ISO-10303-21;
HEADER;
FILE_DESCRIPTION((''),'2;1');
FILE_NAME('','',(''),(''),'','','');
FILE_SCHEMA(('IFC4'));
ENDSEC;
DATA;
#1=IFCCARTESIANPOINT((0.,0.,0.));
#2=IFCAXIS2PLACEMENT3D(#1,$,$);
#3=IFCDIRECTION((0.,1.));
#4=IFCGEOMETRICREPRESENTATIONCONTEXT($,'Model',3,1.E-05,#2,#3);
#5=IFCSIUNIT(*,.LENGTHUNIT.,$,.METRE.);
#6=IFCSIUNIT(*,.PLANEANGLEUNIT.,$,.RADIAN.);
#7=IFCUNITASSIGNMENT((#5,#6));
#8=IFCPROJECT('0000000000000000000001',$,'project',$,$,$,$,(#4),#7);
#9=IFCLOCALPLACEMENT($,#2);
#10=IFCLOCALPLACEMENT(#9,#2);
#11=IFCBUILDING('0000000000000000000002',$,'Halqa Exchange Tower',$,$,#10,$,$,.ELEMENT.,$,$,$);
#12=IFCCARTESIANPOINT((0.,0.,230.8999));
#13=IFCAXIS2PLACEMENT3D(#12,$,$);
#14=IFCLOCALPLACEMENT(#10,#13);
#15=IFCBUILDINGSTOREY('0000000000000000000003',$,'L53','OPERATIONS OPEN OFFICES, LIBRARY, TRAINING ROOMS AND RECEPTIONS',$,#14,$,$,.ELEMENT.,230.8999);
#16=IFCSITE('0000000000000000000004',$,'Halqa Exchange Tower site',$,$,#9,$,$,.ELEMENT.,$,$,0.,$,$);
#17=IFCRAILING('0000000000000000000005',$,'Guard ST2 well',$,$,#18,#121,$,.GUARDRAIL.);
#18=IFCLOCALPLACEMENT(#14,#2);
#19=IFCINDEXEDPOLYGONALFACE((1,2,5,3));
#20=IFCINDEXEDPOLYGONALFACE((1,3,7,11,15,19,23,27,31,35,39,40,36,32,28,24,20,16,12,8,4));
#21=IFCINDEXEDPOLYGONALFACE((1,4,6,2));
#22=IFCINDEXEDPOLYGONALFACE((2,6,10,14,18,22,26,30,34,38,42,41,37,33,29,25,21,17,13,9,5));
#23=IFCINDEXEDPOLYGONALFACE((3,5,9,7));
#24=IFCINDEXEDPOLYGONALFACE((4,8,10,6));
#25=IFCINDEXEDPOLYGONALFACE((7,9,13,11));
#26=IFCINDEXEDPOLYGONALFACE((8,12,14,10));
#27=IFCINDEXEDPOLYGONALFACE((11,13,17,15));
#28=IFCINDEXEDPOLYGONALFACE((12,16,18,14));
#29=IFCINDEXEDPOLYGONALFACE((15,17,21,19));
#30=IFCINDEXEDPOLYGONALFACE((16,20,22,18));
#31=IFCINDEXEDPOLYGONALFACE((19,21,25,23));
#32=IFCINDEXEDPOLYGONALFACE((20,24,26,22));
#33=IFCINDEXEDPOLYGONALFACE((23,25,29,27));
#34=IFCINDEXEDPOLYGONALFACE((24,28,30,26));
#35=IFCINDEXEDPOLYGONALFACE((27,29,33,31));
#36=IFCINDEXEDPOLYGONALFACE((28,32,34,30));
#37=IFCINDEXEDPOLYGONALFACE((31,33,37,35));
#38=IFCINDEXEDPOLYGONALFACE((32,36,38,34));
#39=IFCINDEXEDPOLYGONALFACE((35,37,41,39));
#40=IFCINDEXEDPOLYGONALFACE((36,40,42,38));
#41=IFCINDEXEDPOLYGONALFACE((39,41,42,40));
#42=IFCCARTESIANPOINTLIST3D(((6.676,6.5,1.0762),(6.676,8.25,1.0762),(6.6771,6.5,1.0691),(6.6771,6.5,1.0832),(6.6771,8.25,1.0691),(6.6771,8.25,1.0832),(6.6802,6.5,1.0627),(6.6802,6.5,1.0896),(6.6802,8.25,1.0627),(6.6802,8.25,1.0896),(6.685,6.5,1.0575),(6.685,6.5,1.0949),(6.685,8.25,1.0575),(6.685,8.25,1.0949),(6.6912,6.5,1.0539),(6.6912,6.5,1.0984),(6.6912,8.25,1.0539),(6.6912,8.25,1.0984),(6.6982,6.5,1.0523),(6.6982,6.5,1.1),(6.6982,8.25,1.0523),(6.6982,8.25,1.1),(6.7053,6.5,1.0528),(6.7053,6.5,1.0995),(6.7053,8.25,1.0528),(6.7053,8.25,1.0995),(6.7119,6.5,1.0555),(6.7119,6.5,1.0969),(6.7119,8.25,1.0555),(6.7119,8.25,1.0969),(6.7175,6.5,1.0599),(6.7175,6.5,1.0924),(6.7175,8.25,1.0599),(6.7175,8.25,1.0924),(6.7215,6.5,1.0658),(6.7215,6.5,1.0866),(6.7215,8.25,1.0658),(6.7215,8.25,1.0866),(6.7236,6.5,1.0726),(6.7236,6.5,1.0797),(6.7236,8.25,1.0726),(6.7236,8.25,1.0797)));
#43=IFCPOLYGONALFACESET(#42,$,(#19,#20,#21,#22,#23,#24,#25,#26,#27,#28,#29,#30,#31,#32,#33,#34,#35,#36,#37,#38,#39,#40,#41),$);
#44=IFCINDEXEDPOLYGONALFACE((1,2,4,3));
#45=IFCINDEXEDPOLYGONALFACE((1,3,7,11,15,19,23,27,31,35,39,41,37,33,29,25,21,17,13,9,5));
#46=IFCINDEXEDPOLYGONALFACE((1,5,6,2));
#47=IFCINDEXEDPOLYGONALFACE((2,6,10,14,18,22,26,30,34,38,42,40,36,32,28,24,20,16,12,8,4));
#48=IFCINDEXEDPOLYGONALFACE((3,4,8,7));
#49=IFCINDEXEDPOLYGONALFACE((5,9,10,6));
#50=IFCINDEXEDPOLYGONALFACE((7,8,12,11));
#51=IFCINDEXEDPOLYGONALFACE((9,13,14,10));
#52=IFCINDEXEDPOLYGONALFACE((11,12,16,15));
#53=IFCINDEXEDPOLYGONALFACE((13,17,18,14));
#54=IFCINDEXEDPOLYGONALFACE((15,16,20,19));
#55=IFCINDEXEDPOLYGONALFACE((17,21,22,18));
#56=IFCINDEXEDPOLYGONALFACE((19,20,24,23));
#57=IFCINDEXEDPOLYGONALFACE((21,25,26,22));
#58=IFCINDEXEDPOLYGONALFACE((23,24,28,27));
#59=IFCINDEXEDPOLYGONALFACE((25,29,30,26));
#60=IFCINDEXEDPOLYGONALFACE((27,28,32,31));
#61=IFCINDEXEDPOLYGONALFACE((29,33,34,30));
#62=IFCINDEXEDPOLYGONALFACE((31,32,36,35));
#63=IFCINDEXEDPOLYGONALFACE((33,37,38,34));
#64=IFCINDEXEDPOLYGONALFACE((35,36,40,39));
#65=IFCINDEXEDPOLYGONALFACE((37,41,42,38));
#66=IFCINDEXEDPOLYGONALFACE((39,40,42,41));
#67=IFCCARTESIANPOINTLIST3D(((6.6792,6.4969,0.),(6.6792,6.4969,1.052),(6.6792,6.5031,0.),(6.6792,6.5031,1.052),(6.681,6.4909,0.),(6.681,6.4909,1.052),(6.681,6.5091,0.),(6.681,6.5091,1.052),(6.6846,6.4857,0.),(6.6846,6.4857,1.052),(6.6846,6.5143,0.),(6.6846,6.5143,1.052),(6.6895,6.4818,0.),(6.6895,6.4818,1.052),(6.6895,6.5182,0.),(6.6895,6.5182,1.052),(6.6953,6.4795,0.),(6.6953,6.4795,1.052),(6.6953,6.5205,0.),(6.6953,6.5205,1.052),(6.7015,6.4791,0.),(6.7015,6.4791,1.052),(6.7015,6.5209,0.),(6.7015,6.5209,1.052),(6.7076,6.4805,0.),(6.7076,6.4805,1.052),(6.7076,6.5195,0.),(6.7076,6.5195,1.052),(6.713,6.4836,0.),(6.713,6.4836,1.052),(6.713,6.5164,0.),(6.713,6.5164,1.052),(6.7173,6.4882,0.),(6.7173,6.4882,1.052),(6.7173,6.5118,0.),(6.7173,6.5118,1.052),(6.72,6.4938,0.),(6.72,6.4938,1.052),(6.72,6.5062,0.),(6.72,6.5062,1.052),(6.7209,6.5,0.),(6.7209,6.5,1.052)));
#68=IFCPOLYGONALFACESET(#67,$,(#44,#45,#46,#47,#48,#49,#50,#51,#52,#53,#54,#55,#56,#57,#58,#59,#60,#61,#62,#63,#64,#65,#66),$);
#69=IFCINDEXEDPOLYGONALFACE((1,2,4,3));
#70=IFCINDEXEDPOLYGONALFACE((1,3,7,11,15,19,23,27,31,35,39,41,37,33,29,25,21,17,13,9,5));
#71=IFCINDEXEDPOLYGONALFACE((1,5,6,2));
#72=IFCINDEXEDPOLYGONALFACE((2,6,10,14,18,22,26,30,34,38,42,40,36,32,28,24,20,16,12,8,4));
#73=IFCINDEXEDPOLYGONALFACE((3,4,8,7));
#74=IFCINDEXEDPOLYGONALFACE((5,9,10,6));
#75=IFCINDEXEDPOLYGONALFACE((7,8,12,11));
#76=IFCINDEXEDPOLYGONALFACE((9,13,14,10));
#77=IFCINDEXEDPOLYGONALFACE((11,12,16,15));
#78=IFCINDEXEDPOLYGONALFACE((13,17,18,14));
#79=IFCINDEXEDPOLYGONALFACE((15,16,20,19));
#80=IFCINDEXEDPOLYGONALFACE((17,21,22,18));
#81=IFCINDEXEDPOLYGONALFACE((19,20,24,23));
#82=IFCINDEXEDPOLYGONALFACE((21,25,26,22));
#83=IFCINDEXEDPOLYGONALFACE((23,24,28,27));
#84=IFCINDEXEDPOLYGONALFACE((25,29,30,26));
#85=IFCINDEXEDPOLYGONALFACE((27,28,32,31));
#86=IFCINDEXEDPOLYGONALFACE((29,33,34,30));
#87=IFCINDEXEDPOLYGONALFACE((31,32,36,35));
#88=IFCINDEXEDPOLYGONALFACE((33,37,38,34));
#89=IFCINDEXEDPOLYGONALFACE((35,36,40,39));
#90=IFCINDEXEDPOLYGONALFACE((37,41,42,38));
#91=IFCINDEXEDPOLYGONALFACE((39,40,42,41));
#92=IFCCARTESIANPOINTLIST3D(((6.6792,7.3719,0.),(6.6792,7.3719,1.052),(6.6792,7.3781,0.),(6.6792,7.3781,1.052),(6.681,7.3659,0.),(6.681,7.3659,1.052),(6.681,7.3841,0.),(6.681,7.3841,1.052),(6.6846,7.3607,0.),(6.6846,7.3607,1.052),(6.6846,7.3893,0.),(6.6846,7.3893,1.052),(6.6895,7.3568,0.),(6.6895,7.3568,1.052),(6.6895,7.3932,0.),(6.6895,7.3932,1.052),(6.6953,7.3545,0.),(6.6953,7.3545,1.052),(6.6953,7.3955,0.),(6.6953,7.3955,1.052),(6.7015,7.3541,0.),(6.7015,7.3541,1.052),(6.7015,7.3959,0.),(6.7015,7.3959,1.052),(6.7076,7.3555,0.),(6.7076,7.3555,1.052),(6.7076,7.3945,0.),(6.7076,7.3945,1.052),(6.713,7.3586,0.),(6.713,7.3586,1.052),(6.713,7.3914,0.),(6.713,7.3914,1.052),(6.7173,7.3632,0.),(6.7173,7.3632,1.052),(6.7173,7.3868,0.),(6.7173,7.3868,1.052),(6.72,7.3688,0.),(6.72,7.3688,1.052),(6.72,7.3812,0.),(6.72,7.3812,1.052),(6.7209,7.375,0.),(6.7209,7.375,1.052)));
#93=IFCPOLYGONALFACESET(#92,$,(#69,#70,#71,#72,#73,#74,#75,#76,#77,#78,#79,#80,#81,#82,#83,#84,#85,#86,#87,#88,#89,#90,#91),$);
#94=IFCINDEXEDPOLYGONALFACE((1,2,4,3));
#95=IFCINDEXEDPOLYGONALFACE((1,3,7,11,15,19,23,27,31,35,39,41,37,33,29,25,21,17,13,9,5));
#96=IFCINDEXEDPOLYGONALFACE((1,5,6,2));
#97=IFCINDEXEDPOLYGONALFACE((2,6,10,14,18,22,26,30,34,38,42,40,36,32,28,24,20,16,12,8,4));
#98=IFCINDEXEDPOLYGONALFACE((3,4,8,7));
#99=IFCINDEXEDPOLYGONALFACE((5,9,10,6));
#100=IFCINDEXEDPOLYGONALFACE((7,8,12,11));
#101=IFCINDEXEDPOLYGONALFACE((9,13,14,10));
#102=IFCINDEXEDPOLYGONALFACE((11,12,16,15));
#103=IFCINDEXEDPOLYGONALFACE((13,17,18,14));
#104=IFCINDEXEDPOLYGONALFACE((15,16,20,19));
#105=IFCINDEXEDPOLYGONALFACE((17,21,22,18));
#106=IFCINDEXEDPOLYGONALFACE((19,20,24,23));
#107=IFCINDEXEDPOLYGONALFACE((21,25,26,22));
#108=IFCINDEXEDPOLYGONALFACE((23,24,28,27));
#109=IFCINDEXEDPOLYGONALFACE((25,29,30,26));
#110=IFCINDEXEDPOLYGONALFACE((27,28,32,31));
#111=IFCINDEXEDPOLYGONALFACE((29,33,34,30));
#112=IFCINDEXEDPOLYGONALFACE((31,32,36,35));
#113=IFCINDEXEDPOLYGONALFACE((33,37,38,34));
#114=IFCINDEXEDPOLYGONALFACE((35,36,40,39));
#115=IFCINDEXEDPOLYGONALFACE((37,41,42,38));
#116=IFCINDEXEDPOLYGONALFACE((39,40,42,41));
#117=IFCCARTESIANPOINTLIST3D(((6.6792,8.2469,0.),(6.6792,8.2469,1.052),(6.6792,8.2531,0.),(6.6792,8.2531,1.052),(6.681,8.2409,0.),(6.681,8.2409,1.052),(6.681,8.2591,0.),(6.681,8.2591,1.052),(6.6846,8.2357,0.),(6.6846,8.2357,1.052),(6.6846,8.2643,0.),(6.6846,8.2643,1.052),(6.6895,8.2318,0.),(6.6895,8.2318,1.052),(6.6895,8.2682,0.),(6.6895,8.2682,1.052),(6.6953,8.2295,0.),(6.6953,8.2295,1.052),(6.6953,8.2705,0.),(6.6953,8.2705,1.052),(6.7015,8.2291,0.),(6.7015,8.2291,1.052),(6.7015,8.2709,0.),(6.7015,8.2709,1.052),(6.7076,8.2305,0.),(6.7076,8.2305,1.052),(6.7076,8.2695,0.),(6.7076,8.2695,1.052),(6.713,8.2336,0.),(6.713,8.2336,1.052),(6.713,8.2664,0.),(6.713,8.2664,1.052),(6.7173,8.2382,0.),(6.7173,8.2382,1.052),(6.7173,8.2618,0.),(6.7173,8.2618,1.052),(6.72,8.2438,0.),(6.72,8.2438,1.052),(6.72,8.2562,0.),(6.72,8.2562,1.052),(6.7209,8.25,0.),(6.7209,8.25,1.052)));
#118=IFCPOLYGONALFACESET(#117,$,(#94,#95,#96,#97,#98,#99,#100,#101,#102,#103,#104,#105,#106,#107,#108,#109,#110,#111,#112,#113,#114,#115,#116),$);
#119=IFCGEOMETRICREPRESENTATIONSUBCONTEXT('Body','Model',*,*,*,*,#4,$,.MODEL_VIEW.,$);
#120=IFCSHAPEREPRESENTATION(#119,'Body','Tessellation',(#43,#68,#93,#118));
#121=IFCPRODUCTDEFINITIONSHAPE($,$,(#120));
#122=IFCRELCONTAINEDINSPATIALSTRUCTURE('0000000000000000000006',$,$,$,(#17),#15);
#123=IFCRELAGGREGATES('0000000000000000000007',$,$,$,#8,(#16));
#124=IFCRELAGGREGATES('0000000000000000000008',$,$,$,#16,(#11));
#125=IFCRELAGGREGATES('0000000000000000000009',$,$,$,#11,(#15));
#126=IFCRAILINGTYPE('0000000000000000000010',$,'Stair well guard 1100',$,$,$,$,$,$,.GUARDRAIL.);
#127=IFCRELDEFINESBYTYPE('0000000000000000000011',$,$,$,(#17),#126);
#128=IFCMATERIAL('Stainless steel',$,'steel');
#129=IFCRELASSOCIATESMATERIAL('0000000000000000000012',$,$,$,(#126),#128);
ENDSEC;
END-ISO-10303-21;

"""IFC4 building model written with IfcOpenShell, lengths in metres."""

from ifc_helpers import new_model, si_unit, direction, frame, origin, origin_2d, place, context, subcontext, project, spatial, circle, extrude, material, type_object, element, save


model = new_model("IFC4")

# Units and contexts
model_context = context("Model", 3, precision=1e-05, world=origin(), true_north=direction((0.0, 1.0)))
body_context = subcontext(model_context, "Body", "Model", "MODEL_VIEW")
ifc_project = project(units=[si_unit("LENGTHUNIT", "METRE"), si_unit("PLANEANGLEUNIT", "RADIAN")], contexts=[model_context])

# Site, building, storey
site_placement = place(None, origin())
site = spatial("IfcSite", under=ifc_project, at=site_placement, Name="Halqa Exchange Tower site", CompositionType="ELEMENT", RefElevation=0.0)
building_placement = place(site_placement, origin())
building = spatial("IfcBuilding", under=site, at=building_placement, Name="Halqa Exchange Tower", CompositionType="ELEMENT")
storey_placement = place(building_placement, frame((0.0, 0.0, 230.8999)))
storey = spatial("IfcBuildingStorey", under=building, at=storey_placement, Name="L53", Description="OPERATIONS OPEN OFFICES, LIBRARY, TRAINING ROOMS AND RECEPTIONS", CompositionType="ELEMENT", Elevation=230.8999)

# Railing
ifc_material_1 = material(Name="Stainless steel", Category="steel")
railing_type_1 = type_object("IfcRailingType", Name="Stair well guard 1100", PredefinedType="GUARDRAIL", material=ifc_material_1)
railing_1_placement = place(storey_placement, frame((6.7, 6.5, 0.0)))
element("IfcRailing", 1, at=railing_1_placement, inside=storey, type_object=railing_type_1, Name="Guard ST2 well", PredefinedType="GUARDRAIL", context=body_context, shape_type="SweptSolid", body=[
    extrude(circle(Radius=0.0239, at=origin_2d()), frame((0.0, 0.0, 1.0762), z_axis=(0.0, 1.0, 0.0), x_axis=(-1.0, 0.0, 0.0)), (0.0, 0.0, 1.0), 1.75),
    extrude(circle(Radius=0.021, at=origin_2d()), origin(), (0.0, 0.0, 1.0), 1.052),
    extrude(circle(Radius=0.021, at=origin_2d()), frame((0.0, 0.875, 0.0)), (0.0, 0.0, 1.0), 1.052),
    extrude(circle(Radius=0.021, at=origin_2d()), frame((0.0, 1.75, 0.0)), (0.0, 0.0, 1.0), 1.052),
])

save(model, "model.ifc")
